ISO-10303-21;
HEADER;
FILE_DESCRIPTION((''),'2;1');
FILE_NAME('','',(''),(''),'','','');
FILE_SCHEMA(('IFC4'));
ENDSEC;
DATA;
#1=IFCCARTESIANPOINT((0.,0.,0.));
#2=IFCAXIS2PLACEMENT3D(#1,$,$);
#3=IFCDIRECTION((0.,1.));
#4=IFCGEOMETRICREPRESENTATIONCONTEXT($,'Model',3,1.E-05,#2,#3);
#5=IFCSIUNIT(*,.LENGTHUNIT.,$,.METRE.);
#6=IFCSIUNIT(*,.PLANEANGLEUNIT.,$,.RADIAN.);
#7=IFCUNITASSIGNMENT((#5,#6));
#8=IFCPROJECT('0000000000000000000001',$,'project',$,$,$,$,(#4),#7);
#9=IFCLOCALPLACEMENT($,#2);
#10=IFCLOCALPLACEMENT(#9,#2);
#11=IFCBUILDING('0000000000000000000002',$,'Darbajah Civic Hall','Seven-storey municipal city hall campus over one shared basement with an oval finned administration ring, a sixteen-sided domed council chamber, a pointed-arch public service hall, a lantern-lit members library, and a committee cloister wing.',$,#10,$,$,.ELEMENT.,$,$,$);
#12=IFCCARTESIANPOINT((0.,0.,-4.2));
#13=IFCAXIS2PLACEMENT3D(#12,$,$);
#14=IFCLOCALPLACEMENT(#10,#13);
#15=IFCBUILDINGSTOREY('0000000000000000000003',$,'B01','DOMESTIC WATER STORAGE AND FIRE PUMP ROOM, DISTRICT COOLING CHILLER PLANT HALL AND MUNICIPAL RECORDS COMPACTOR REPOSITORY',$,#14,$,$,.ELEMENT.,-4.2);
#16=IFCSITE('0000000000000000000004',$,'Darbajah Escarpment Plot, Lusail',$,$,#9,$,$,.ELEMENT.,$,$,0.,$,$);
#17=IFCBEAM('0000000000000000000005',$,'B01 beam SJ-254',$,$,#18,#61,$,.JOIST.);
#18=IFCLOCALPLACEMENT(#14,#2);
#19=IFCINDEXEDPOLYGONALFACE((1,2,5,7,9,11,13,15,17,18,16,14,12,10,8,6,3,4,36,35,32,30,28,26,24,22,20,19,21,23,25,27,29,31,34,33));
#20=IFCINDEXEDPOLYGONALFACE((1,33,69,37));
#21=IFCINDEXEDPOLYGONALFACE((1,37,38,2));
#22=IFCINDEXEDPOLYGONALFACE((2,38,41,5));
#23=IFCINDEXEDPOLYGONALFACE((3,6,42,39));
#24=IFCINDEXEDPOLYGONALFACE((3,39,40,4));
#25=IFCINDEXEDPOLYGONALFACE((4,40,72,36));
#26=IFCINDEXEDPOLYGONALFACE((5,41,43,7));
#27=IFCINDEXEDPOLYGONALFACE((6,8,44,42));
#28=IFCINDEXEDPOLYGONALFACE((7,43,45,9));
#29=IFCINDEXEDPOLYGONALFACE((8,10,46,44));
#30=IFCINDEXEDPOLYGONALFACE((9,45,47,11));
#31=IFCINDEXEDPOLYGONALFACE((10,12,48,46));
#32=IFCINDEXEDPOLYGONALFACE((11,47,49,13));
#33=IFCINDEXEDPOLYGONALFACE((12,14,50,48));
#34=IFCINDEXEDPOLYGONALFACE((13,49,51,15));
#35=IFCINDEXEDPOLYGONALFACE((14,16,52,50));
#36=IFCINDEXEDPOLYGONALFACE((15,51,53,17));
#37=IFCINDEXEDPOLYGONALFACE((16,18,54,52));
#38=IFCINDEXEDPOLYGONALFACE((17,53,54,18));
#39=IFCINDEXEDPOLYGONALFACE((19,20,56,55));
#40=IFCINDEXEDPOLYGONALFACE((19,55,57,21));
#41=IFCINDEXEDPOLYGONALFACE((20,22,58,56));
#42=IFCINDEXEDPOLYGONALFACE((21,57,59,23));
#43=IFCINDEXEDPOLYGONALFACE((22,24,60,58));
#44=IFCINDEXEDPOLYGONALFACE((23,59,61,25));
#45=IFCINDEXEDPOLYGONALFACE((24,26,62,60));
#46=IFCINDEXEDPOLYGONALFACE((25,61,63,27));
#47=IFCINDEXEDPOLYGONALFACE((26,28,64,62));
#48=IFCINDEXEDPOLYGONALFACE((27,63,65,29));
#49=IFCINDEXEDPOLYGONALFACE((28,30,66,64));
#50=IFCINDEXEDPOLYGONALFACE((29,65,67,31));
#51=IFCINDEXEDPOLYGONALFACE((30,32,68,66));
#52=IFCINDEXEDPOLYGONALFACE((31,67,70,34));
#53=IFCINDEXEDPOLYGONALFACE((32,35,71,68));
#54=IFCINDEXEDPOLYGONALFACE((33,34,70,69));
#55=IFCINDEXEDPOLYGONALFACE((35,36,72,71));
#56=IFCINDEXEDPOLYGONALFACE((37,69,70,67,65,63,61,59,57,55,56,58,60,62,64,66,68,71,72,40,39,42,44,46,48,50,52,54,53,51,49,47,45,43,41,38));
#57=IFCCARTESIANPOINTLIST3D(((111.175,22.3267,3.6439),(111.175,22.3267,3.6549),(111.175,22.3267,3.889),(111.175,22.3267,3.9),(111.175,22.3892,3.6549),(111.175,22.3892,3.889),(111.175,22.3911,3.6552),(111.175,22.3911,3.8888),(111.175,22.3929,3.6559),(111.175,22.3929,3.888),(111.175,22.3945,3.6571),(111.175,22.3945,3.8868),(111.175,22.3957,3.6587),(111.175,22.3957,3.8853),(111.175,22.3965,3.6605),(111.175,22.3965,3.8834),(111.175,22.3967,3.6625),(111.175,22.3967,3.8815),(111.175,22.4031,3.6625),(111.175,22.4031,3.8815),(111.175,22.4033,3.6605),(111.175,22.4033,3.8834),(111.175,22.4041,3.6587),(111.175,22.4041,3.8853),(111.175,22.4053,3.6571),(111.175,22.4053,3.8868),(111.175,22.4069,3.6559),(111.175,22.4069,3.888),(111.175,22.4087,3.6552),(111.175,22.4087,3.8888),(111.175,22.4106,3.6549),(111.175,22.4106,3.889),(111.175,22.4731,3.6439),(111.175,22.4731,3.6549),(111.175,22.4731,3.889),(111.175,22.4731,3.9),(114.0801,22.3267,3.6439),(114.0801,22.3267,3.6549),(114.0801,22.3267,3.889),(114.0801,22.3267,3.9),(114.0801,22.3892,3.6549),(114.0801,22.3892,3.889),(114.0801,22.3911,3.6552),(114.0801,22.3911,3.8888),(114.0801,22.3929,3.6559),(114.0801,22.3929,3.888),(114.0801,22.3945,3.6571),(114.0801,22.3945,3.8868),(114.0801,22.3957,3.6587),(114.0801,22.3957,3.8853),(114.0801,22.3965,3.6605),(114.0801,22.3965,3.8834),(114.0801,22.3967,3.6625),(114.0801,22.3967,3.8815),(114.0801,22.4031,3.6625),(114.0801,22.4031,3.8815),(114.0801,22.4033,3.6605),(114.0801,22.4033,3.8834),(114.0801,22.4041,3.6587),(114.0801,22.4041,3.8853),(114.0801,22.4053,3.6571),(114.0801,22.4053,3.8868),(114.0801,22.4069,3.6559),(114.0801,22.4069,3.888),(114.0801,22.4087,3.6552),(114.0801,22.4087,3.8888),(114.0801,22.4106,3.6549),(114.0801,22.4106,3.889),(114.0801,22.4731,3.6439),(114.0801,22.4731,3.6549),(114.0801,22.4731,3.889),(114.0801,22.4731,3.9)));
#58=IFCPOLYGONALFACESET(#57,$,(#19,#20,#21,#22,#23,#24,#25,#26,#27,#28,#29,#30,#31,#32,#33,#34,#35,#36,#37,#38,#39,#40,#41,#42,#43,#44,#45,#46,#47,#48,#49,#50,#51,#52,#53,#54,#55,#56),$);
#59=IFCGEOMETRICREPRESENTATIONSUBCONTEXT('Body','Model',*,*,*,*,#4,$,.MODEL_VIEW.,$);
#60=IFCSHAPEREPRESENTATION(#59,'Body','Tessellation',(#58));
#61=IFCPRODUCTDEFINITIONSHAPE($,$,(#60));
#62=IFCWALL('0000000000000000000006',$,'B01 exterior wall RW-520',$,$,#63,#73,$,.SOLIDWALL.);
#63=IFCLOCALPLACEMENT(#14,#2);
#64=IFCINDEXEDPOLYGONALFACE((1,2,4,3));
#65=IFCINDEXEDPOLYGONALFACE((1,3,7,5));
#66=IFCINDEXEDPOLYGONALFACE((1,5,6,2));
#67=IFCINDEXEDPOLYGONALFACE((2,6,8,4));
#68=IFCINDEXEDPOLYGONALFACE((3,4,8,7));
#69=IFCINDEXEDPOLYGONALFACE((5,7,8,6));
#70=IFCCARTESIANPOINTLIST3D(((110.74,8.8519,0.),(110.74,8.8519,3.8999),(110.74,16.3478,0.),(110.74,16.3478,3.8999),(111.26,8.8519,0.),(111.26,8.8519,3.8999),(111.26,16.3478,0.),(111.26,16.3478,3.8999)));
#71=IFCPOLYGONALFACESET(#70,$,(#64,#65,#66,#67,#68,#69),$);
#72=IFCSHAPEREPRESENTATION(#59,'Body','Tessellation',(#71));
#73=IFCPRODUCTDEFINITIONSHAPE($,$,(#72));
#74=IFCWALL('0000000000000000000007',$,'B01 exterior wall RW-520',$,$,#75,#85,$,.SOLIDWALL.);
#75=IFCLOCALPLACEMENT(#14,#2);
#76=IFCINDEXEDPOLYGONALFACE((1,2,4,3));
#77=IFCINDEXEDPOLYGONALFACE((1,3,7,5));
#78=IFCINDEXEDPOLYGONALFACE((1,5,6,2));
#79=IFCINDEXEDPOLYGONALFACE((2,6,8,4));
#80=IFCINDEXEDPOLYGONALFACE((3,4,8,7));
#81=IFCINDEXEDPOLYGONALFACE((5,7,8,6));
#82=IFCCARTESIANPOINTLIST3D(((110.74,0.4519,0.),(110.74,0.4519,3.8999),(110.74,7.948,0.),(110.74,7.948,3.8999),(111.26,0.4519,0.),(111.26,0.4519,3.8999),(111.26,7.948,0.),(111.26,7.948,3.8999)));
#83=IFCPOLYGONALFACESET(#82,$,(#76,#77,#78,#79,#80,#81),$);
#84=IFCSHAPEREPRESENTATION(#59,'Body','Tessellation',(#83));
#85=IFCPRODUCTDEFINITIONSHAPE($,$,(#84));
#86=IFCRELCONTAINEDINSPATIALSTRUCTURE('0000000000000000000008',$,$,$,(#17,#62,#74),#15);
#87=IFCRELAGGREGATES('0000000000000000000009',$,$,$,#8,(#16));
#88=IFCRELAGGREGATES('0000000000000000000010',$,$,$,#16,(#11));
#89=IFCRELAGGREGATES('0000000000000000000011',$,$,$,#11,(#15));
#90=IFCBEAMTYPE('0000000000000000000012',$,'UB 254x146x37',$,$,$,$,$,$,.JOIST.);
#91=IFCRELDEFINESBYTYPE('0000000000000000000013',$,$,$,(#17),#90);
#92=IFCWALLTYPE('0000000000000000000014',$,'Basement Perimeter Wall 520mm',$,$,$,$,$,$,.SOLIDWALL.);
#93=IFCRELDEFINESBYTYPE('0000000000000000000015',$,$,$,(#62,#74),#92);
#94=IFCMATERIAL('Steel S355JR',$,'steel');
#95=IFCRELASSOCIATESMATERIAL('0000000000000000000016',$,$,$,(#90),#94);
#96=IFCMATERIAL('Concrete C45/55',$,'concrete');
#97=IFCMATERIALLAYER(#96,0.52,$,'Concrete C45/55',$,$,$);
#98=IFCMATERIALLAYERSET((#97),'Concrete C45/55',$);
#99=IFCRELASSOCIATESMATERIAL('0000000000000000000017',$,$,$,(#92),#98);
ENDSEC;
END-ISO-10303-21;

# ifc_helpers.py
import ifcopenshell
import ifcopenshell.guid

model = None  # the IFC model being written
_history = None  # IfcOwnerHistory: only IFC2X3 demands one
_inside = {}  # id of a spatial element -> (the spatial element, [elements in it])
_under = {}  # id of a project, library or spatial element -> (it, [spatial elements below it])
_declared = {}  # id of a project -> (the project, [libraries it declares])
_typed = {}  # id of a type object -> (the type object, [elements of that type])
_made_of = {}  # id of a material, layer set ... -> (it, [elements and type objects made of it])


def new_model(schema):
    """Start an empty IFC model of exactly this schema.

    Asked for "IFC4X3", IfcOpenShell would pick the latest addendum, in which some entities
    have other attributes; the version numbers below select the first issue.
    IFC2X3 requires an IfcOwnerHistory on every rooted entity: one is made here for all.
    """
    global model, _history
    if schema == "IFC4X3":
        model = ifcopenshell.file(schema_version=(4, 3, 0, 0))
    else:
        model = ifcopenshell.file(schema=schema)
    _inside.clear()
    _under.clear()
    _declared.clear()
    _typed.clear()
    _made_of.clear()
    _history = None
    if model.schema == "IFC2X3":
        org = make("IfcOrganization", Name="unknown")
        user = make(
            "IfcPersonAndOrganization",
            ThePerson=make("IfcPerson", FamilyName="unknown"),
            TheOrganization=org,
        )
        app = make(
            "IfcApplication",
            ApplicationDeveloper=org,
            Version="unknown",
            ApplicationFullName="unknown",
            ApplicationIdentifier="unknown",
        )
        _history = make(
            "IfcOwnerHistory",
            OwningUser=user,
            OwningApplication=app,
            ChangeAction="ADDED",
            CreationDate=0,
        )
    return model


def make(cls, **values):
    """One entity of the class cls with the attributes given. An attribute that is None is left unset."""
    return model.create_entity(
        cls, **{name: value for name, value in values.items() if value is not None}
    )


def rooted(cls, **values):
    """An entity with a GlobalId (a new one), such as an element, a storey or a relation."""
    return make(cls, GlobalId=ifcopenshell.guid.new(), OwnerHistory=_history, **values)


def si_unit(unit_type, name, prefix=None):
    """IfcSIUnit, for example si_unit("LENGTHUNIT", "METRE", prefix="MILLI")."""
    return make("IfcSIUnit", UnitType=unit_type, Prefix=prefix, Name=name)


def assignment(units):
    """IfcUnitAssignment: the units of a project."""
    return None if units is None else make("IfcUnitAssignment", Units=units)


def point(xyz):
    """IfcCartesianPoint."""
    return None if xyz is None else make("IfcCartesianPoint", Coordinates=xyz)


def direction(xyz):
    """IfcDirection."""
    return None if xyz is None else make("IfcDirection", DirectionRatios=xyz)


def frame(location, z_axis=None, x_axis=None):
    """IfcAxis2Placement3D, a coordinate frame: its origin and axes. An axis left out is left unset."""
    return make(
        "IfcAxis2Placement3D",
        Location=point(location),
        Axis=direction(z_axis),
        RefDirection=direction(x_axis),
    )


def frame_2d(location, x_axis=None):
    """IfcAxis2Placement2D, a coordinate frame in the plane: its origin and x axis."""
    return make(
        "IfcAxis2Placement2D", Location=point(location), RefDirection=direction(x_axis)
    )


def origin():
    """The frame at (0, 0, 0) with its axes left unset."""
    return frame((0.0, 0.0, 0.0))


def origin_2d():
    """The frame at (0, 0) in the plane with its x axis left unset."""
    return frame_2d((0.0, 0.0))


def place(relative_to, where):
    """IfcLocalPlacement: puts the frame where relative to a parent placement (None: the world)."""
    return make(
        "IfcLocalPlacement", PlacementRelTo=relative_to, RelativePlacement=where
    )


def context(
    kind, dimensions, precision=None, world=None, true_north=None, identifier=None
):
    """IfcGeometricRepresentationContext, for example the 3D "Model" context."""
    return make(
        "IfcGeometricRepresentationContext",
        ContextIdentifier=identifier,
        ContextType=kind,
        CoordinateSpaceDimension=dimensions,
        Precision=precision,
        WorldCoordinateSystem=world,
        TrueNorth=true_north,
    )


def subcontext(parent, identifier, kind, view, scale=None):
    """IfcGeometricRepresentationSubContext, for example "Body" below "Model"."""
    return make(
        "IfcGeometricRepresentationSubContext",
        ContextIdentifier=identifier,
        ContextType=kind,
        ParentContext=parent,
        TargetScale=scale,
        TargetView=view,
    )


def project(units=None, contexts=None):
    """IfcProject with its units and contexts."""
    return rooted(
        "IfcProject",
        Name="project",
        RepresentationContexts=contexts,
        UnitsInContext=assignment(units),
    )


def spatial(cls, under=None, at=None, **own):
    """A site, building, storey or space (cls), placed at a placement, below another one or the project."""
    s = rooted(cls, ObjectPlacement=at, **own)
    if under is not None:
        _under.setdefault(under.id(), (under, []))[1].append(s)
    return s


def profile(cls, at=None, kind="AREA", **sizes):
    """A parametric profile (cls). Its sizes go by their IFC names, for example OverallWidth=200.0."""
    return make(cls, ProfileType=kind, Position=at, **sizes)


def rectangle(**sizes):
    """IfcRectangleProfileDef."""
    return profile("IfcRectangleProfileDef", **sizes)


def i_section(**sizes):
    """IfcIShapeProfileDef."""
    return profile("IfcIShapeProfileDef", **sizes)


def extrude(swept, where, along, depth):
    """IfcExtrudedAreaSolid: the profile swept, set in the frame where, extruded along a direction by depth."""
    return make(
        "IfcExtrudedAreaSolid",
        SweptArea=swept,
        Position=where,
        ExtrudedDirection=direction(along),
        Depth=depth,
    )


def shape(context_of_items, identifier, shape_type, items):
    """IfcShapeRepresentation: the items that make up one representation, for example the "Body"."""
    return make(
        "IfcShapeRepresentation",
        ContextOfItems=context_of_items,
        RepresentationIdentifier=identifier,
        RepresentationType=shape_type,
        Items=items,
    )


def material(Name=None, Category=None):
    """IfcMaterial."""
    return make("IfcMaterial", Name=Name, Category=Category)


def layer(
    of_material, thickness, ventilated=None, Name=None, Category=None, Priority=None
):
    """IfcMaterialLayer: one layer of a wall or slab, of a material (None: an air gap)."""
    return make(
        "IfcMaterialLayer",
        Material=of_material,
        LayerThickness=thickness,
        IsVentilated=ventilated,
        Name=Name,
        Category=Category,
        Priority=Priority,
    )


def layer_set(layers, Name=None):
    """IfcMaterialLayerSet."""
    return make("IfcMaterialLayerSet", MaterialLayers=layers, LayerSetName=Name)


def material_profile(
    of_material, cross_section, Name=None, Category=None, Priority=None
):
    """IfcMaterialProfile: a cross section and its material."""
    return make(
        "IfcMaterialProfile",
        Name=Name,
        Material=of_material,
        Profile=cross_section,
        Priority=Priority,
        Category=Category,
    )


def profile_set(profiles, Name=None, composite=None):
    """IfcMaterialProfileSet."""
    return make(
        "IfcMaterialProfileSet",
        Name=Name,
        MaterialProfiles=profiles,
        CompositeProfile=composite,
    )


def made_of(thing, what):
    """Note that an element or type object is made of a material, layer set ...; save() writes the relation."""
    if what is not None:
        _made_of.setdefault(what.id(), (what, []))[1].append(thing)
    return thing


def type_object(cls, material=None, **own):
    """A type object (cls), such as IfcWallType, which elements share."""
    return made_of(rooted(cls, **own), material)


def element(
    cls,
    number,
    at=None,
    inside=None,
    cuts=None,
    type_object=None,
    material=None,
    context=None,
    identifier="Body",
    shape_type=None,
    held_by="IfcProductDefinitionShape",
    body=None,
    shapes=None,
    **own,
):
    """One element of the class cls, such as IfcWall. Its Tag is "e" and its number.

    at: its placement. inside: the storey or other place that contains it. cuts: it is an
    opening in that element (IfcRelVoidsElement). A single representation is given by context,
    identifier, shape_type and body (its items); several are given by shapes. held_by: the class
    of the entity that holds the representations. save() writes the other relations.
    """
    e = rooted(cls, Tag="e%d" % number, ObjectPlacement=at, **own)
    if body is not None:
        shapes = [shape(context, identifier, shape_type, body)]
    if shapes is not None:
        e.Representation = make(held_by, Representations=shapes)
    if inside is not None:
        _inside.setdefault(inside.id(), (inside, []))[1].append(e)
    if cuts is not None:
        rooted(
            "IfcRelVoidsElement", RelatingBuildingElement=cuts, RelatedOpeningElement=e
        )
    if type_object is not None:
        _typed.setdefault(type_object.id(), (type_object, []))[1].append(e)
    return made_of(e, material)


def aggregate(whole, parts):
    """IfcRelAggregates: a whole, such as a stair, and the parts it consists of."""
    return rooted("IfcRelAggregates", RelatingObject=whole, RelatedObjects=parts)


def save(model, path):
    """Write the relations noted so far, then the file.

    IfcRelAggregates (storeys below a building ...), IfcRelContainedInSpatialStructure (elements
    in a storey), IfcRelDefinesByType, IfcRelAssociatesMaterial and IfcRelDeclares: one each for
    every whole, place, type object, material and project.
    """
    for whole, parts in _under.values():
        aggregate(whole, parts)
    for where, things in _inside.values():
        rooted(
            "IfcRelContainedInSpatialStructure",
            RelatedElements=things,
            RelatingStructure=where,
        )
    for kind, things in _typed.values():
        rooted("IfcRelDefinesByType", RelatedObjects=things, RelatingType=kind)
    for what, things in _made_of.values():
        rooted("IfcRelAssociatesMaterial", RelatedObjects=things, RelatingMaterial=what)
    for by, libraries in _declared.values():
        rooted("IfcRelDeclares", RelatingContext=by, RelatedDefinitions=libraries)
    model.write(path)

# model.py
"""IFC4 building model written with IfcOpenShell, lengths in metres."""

from ifc_helpers import new_model, si_unit, direction, frame, frame_2d, origin, origin_2d, place, context, subcontext, project, spatial, rectangle, i_section, extrude, material, layer, layer_set, material_profile, profile_set, type_object, element, save


model = new_model("IFC4")

# Units and contexts
model_context = context("Model", 3, precision=1e-05, world=origin(), true_north=direction((0.0, 1.0)))
body_context = subcontext(model_context, "Body", "Model", "MODEL_VIEW")
ifc_project = project(units=[si_unit("LENGTHUNIT", "METRE"), si_unit("PLANEANGLEUNIT", "RADIAN")], contexts=[model_context])

# Site, building, storey
site_placement = place(None, origin())
site = spatial("IfcSite", under=ifc_project, at=site_placement, Name="Darbajah Escarpment Plot, Lusail", CompositionType="ELEMENT", RefElevation=0.0)
building_placement = place(site_placement, origin())
building = spatial("IfcBuilding", under=site, at=building_placement, Name="Darbajah Civic Hall", Description="Seven-storey municipal city hall campus over one shared basement with an oval finned administration ring, a sixteen-sided domed council chamber, a pointed-arch public service hall, a lantern-lit members library, and a committee cloister wing.", CompositionType="ELEMENT")
storey_placement = place(building_placement, frame((0.0, 0.0, -4.2)))
storey = spatial("IfcBuildingStorey", under=building, at=storey_placement, Name="B01", Description="DOMESTIC WATER STORAGE AND FIRE PUMP ROOM, DISTRICT COOLING CHILLER PLANT HALL AND MUNICIPAL RECORDS COMPACTOR REPOSITORY", CompositionType="ELEMENT", Elevation=-4.2)

# Shared definitions
ifc_material_1 = material(Name="Concrete C45/55", Category="concrete")

# Beam
ifc_material_2 = material(Name="Steel S355JR", Category="steel")
ifc_material_profile_1 = material_profile(ifc_material_2, i_section(OverallWidth=0.1465, OverallDepth=0.2561, WebThickness=0.0063, FlangeThickness=0.011, FilletRadius=0.0076, at=origin_2d()), Name="UB 254x146x37")
ifc_profile_set_1 = profile_set([ifc_material_profile_1], Name="Steel S355JR")
beam_type_1 = type_object("IfcBeamType", Name="UB 254x146x37", PredefinedType="JOIST", material=ifc_profile_set_1)
beam_1_placement = place(storey_placement, frame((111.175, 22.3999, 3.772), z_axis=(1.0, 0.0, 0.0), x_axis=(0.0, 1.0, 0.0)))
element("IfcBeam", 1, at=beam_1_placement, inside=storey, type_object=beam_type_1, Name="B01 beam SJ-254", PredefinedType="JOIST", context=body_context, shape_type="SweptSolid", body=[
    extrude(i_section(OverallWidth=0.1465, OverallDepth=0.2561, WebThickness=0.0063, FlangeThickness=0.011, FilletRadius=0.0076, at=origin_2d()), origin(), (0.0, 0.0, 1.0), 2.905),
])

# Walls
ifc_layer = layer(ifc_material_1, 0.52, Name="Concrete C45/55")
ifc_layer_set = layer_set([ifc_layer], Name="Concrete C45/55")
wall_type = type_object("IfcWallType", Name="Basement Perimeter Wall 520mm", PredefinedType="SOLIDWALL", material=ifc_layer_set)
wall_1_placement = place(storey_placement, frame((111.0, 16.3479, 0.0), z_axis=(0.0, 0.0, 1.0), x_axis=(0.0, -1.0, 0.0)))
element("IfcWall", 2, at=wall_1_placement, inside=storey, type_object=wall_type, Name="B01 exterior wall RW-520", PredefinedType="SOLIDWALL", context=body_context, shape_type="SweptSolid", body=[
    extrude(rectangle(XDim=7.4958, YDim=0.52, at=frame_2d((3.748, 0.0))), origin(), (0.0, 0.0, 1.0), 3.8999),
])
wall_2_placement = place(storey_placement, frame((111.0, 7.948, 0.0), z_axis=(0.0, 0.0, 1.0), x_axis=(0.0, -1.0, 0.0)))
element("IfcWall", 3, at=wall_2_placement, inside=storey, type_object=wall_type, Name="B01 exterior wall RW-520", PredefinedType="SOLIDWALL", context=body_context, shape_type="SweptSolid", body=[
    extrude(rectangle(XDim=7.4961, YDim=0.52, at=frame_2d((3.748, 0.0))), origin(), (0.0, 0.0, 1.0), 3.8999),
])

save(model, "model.ifc")
